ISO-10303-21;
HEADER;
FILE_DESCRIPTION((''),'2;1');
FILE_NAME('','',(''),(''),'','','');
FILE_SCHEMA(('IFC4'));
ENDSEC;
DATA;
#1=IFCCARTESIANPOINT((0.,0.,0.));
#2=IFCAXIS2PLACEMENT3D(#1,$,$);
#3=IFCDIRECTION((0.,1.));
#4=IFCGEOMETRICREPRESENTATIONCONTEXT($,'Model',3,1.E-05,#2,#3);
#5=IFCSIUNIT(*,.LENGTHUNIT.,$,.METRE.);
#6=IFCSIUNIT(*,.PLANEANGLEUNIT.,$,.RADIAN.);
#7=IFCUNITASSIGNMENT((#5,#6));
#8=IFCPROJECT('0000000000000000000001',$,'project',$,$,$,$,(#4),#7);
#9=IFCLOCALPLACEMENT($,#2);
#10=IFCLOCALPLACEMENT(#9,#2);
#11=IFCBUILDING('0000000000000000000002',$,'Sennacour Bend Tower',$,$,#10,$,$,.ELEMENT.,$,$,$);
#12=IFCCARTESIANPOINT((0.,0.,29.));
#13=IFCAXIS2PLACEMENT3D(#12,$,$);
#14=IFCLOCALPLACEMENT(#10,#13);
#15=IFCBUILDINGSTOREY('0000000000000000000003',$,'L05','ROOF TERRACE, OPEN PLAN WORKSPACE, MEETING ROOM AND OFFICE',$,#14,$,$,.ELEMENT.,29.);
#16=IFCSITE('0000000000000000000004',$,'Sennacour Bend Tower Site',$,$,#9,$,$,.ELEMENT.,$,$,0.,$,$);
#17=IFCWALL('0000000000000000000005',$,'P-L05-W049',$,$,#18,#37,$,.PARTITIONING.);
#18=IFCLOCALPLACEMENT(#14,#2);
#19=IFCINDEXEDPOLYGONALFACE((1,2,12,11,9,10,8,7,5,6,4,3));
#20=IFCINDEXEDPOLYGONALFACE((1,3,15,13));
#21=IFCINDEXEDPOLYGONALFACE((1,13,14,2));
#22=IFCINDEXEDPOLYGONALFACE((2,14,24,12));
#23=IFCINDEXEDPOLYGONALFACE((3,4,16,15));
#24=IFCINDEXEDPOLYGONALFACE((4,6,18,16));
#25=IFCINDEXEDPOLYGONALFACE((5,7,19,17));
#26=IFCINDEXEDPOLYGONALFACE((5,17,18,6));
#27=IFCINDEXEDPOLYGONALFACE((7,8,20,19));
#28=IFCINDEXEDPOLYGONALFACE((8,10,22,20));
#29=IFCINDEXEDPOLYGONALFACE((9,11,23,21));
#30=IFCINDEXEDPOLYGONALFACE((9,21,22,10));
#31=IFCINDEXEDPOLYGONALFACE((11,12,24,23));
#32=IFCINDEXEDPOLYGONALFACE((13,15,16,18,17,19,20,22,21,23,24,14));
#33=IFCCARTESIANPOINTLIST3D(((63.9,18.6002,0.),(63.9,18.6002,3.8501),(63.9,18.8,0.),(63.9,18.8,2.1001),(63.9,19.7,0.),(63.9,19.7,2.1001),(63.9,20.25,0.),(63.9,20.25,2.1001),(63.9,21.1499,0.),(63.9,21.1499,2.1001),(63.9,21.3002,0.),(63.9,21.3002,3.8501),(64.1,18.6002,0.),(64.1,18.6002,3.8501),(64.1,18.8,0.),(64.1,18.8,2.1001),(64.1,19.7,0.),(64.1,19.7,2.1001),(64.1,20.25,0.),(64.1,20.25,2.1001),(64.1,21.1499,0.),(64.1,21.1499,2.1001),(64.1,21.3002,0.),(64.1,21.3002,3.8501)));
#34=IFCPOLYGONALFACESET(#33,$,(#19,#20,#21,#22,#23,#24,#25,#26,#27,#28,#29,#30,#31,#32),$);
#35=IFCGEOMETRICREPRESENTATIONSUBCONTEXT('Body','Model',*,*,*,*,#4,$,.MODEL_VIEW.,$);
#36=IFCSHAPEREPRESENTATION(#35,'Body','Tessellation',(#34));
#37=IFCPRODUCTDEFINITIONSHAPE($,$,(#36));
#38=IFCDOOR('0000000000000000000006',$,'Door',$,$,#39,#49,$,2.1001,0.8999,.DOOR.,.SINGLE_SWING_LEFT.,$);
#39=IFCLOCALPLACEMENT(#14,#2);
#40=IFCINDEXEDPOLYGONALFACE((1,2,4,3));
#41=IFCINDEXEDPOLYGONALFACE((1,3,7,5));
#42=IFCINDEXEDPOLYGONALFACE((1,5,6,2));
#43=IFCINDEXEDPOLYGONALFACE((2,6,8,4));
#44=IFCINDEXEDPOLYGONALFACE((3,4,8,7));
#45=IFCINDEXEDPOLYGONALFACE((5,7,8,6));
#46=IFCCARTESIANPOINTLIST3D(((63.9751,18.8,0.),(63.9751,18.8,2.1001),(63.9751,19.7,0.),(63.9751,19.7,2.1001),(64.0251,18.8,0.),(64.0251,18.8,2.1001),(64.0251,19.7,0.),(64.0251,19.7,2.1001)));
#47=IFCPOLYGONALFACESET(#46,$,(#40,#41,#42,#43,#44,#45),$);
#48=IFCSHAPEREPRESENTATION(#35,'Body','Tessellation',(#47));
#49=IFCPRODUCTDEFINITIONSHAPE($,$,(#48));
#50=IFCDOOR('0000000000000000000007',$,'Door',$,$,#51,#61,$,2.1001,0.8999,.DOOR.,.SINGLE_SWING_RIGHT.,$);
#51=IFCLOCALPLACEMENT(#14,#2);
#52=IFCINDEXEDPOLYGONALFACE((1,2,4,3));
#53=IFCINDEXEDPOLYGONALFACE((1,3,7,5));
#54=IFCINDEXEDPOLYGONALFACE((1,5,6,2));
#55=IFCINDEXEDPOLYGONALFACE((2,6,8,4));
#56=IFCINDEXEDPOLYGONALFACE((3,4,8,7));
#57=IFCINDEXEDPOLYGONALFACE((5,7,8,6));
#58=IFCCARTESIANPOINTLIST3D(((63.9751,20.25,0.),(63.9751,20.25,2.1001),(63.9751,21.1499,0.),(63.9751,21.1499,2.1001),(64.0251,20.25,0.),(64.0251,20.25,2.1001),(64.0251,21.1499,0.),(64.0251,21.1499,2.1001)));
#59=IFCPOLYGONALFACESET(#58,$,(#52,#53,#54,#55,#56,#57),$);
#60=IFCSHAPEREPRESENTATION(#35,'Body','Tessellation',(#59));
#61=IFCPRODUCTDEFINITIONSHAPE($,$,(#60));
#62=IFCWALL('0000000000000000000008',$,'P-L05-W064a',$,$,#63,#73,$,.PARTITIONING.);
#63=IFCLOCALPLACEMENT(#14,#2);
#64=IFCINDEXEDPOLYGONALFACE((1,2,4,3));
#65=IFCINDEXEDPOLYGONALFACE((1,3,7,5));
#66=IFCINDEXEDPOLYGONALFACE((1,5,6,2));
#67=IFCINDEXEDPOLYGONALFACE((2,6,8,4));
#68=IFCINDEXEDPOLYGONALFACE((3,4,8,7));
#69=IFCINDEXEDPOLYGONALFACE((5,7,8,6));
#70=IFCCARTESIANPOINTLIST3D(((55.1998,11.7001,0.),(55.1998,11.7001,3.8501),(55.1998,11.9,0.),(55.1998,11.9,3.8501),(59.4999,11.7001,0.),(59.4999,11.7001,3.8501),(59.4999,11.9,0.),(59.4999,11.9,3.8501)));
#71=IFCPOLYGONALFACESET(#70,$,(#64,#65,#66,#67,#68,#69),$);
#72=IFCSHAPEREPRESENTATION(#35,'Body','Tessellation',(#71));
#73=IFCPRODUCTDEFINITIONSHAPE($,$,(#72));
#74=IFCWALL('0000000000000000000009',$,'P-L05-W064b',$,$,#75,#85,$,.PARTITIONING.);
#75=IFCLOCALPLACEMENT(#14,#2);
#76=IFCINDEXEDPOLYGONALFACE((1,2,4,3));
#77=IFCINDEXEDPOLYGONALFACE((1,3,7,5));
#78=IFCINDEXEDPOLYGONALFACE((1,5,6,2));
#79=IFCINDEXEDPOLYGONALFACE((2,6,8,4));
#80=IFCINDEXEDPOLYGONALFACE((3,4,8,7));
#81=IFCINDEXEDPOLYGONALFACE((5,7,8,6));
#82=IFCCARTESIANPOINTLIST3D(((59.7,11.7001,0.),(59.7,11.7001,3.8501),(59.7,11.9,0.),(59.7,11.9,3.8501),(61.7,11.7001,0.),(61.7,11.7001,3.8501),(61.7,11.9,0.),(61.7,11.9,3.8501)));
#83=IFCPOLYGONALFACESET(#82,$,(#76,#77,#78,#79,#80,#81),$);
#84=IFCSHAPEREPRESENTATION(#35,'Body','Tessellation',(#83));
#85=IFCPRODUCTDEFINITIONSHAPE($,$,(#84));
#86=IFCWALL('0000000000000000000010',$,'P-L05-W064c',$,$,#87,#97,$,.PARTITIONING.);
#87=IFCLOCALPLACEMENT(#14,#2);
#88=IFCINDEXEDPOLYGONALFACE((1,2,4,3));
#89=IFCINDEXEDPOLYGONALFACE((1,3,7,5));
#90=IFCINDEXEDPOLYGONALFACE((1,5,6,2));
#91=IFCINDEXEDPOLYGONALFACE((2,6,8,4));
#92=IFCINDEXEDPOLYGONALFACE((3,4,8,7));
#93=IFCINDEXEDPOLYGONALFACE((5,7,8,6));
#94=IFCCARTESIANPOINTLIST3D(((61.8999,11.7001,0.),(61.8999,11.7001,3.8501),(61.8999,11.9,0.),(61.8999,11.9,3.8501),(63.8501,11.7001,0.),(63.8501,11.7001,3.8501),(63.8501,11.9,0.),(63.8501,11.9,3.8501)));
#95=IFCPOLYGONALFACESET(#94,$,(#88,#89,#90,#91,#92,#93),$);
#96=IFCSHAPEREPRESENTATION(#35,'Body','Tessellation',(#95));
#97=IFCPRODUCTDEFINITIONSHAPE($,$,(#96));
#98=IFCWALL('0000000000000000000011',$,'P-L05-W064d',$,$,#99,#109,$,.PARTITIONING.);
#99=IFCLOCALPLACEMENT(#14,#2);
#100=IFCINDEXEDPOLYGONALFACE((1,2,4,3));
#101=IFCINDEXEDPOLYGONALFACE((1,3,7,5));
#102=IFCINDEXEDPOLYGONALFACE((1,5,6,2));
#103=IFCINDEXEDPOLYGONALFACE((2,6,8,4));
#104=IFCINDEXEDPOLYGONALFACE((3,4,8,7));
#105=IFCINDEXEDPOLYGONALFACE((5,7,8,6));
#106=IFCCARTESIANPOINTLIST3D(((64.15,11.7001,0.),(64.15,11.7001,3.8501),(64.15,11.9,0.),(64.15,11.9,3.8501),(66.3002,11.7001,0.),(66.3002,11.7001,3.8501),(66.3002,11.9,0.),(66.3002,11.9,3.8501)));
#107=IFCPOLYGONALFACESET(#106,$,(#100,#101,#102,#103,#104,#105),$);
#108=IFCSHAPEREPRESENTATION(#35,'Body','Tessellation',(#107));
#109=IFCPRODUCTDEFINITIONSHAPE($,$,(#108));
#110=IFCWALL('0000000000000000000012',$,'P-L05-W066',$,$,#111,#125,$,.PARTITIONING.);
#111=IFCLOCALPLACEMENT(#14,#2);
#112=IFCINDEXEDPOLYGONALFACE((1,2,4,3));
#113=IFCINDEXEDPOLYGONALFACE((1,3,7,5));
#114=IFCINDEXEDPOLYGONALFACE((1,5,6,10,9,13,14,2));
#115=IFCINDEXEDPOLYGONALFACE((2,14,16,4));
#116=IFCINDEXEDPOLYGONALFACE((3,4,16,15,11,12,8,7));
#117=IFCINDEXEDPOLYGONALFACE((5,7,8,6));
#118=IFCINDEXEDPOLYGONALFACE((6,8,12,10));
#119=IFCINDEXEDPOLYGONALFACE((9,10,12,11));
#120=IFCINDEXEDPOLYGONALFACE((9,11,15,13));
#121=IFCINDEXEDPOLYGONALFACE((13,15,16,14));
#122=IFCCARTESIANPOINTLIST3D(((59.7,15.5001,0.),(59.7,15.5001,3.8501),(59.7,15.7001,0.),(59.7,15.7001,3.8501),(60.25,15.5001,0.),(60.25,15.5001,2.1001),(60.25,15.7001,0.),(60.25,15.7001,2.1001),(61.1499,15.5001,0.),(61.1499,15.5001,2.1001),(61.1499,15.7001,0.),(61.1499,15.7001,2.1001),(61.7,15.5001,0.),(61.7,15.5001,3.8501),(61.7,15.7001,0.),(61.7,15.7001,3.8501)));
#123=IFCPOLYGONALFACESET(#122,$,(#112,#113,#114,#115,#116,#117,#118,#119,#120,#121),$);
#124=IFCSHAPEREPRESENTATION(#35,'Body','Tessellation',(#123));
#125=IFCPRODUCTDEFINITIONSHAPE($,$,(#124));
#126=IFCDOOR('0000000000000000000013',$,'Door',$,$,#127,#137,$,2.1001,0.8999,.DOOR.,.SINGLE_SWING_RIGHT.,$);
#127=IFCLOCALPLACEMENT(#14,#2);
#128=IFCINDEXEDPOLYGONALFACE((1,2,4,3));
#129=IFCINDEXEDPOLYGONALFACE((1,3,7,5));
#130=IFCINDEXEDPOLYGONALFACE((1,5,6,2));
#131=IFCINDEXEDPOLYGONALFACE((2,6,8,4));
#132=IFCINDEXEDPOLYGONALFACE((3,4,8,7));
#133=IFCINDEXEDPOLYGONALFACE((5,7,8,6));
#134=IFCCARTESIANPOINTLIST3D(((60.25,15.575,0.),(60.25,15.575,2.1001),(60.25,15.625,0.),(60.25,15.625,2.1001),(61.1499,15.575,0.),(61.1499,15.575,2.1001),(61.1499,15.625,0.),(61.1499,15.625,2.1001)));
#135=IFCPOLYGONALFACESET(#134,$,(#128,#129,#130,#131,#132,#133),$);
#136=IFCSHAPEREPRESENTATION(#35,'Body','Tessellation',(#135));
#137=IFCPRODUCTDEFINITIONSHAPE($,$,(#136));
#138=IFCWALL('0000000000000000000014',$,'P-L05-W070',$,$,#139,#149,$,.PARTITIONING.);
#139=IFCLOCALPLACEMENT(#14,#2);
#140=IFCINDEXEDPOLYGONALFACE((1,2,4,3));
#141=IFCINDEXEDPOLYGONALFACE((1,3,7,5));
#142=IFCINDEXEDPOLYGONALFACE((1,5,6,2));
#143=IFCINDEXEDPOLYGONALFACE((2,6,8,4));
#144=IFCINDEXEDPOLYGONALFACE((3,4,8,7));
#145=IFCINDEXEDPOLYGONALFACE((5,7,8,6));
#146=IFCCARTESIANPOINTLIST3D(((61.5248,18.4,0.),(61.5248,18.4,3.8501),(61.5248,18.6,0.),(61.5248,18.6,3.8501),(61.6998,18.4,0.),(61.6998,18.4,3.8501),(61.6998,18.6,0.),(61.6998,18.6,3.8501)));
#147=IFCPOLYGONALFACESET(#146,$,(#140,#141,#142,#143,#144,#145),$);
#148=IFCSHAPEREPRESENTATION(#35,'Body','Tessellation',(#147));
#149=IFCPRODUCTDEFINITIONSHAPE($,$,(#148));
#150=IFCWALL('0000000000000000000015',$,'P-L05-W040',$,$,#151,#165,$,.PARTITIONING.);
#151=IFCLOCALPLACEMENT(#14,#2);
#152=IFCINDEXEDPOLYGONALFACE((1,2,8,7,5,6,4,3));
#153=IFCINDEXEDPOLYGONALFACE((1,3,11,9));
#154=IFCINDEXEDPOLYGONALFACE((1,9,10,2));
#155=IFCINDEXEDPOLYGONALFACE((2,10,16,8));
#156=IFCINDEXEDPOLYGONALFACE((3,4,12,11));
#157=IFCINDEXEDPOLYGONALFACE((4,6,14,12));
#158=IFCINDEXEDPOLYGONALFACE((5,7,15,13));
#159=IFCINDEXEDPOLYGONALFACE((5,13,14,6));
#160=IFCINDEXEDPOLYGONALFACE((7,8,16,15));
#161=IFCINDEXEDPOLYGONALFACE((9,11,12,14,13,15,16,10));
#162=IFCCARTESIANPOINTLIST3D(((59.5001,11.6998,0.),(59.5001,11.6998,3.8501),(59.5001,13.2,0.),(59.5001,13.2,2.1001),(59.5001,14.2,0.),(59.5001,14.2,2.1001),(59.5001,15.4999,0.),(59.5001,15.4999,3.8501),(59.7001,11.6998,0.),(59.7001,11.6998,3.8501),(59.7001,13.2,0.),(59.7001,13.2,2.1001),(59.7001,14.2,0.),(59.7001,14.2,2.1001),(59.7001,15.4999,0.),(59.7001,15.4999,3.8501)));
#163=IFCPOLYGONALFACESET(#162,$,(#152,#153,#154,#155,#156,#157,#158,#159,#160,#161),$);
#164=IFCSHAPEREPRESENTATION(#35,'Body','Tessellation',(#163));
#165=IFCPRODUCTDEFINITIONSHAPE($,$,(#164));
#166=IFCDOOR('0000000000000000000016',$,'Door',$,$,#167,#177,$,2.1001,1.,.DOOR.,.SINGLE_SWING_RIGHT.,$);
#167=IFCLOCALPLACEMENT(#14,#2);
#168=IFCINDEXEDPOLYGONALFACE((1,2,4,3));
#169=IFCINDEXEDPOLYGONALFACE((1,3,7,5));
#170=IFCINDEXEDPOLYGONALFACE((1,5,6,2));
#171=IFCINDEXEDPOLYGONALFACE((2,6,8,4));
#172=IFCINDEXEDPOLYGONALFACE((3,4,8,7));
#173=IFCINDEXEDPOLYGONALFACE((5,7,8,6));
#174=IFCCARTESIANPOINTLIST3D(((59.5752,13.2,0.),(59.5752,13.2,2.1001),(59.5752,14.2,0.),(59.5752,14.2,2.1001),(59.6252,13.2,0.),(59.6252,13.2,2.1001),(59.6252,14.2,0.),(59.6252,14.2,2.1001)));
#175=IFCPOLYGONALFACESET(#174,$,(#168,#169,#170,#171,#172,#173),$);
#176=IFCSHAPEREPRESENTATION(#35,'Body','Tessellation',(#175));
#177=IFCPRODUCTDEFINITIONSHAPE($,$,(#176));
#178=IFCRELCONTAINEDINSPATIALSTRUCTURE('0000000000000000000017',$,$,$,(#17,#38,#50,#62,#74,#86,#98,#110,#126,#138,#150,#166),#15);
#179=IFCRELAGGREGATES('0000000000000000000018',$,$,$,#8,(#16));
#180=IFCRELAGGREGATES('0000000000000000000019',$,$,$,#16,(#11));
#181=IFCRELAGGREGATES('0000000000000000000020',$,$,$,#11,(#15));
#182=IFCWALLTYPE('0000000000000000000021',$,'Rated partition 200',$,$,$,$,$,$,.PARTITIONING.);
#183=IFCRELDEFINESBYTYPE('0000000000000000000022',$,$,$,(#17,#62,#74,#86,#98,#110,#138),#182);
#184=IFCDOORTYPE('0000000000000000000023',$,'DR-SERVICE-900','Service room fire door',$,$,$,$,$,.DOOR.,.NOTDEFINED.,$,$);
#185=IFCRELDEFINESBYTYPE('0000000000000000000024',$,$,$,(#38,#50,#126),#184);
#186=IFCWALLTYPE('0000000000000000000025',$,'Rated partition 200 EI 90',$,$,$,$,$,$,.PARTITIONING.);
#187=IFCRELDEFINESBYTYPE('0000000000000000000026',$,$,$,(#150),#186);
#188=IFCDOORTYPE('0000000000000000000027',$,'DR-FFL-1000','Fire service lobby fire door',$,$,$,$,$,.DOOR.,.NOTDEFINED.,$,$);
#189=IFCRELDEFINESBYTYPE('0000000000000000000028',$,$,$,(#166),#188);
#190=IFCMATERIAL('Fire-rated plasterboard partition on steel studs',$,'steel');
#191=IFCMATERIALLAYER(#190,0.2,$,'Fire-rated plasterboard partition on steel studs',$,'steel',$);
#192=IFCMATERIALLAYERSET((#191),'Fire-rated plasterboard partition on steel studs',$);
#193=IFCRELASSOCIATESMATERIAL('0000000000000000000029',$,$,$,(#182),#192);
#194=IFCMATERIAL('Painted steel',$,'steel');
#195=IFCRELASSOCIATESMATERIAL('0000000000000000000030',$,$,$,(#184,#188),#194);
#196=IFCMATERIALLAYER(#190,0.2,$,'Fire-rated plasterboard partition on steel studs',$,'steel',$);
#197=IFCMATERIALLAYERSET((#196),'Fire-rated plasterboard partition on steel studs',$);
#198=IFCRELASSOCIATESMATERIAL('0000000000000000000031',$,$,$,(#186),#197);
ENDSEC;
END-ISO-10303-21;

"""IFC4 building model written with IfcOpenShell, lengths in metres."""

from ifc_helpers import new_model, si_unit, direction, frame, frame_2d, origin, place, context, subcontext, project, spatial, rectangle, extrude, material, layer, layer_set, type_object, element, fill, save


model = new_model("IFC4")

# Units and contexts
model_context = context("Model", 3, precision=1e-05, world=origin(), true_north=direction((0.0, 1.0)))
body_context = subcontext(model_context, "Body", "Model", "MODEL_VIEW")
ifc_project = project(units=[si_unit("LENGTHUNIT", "METRE"), si_unit("PLANEANGLEUNIT", "RADIAN")], contexts=[model_context])

# Site, building, storey
site_placement = place(None, origin())
site = spatial("IfcSite", under=ifc_project, at=site_placement, Name="Sennacour Bend Tower Site", CompositionType="ELEMENT", RefElevation=0.0)
building_placement = place(site_placement, origin())
building = spatial("IfcBuilding", under=site, at=building_placement, Name="Sennacour Bend Tower", CompositionType="ELEMENT")
storey_placement = place(building_placement, frame((0.0, 0.0, 29.0)))
storey = spatial("IfcBuildingStorey", under=building, at=storey_placement, Name="L05", Description="ROOF TERRACE, OPEN PLAN WORKSPACE, MEETING ROOM AND OFFICE", CompositionType="ELEMENT", Elevation=29.0)

# Wall, openings, doors
ifc_material_1 = material(Name="Fire-rated plasterboard partition on steel studs", Category="steel")
ifc_layer_1 = layer(ifc_material_1, 0.2, Name="Fire-rated plasterboard partition on steel studs", Category="steel")
ifc_layer_set_1 = layer_set([ifc_layer_1], Name="Fire-rated plasterboard partition on steel studs")
wall_type_1 = type_object("IfcWallType", Name="Rated partition 200", PredefinedType="PARTITIONING", material=ifc_layer_set_1)
wall_1_placement = place(storey_placement, frame((64.0, 18.6001, 0.0), z_axis=(0.0, 0.0, 1.0), x_axis=(0.0, 1.0, 0.0)))
wall_1 = element("IfcWall", 1, at=wall_1_placement, inside=storey, type_object=wall_type_1, Name="P-L05-W049", PredefinedType="PARTITIONING", context=body_context, shape_type="SweptSolid", body=[
    extrude(rectangle(XDim=2.7, YDim=0.2, at=frame_2d((1.3501, 0.0))), origin(), (0.0, 0.0, 1.0), 3.8501),
])
opening_1_placement = place(wall_1_placement, frame((0.2, 0.0, 0.0)))
opening_1 = element("IfcOpeningElement", 2, at=opening_1_placement, cuts=wall_1, PredefinedType="OPENING", context=body_context, shape_type="SweptSolid", body=[
    extrude(rectangle(XDim=0.8999, YDim=2.1001, at=frame_2d((0.45, 1.05))), frame((0.0, 0.1099, 0.0), z_axis=(0.0, -1.0, 0.0), x_axis=(1.0, 0.0, 0.0)), (0.0, 0.0, 1.0), 0.22),
])
opening_2_placement = place(wall_1_placement, frame((1.6499, 0.0, 0.0)))
opening_2 = element("IfcOpeningElement", 3, at=opening_2_placement, cuts=wall_1, PredefinedType="OPENING", context=body_context, shape_type="SweptSolid", body=[
    extrude(rectangle(XDim=0.8999, YDim=2.1001, at=frame_2d((0.45, 1.05))), frame((0.0, 0.1099, 0.0), z_axis=(0.0, -1.0, 0.0), x_axis=(1.0, 0.0, 0.0)), (0.0, 0.0, 1.0), 0.22),
])
ifc_material_2 = material(Name="Painted steel", Category="steel")
door_type_1 = type_object("IfcDoorType", Name="DR-SERVICE-900", Description="Service room fire door", OperationType="NOTDEFINED", PredefinedType="DOOR", material=ifc_material_2)
door_1_placement = place(opening_1_placement, origin())
door_1 = element("IfcDoor", 4, at=door_1_placement, inside=storey, type_object=door_type_1, Name="Door", OperationType="SINGLE_SWING_LEFT", OverallHeight=2.1001, OverallWidth=0.8999, PredefinedType="DOOR", context=body_context, shape_type="SweptSolid", body=[
    extrude(rectangle(XDim=0.8999, YDim=2.1001, at=frame_2d((0.45, 1.05))), frame((0.0, 0.0249, 0.0), z_axis=(0.0, -1.0, 0.0), x_axis=(1.0, 0.0, 0.0)), (0.0, 0.0, 1.0), 0.05),
])
fill(opening_1, door_1)
door_2_placement = place(opening_2_placement, origin())
door_2 = element("IfcDoor", 5, at=door_2_placement, inside=storey, type_object=door_type_1, Name="Door", OperationType="SINGLE_SWING_RIGHT", OverallHeight=2.1001, OverallWidth=0.8999, PredefinedType="DOOR", context=body_context, shape_type="SweptSolid", body=[
    extrude(rectangle(XDim=0.8999, YDim=2.1001, at=frame_2d((0.45, 1.05))), frame((0.0, 0.0249, 0.0), z_axis=(0.0, -1.0, 0.0), x_axis=(1.0, 0.0, 0.0)), (0.0, 0.0, 1.0), 0.05),
])
fill(opening_2, door_2)

# Walls
wall_2_placement = place(storey_placement, frame((55.2, 11.8, 0.0), z_axis=(0.0, 0.0, 1.0), x_axis=(1.0, 0.0, 0.0)))
element("IfcWall", 6, at=wall_2_placement, inside=storey, type_object=wall_type_1, Name="P-L05-W064a", PredefinedType="PARTITIONING", context=body_context, shape_type="SweptSolid", body=[
    extrude(rectangle(XDim=4.3, YDim=0.2, at=frame_2d((2.1499, 0.0))), origin(), (0.0, 0.0, 1.0), 3.8501),
])
wall_3_placement = place(storey_placement, frame((59.7, 11.8, 0.0), z_axis=(0.0, 0.0, 1.0), x_axis=(1.0, 0.0, 0.0)))
element("IfcWall", 7, at=wall_3_placement, inside=storey, type_object=wall_type_1, Name="P-L05-W064b", PredefinedType="PARTITIONING", context=body_context, shape_type="SweptSolid", body=[
    extrude(rectangle(XDim=2.0, YDim=0.2, at=frame_2d((1.0, 0.0))), origin(), (0.0, 0.0, 1.0), 3.8501),
])
wall_4_placement = place(storey_placement, frame((61.8999, 11.8, 0.0), z_axis=(0.0, 0.0, 1.0), x_axis=(1.0, 0.0, 0.0)))
element("IfcWall", 8, at=wall_4_placement, inside=storey, type_object=wall_type_1, Name="P-L05-W064c", PredefinedType="PARTITIONING", context=body_context, shape_type="SweptSolid", body=[
    extrude(rectangle(XDim=1.9502, YDim=0.2, at=frame_2d((0.9751, 0.0))), origin(), (0.0, 0.0, 1.0), 3.8501),
])
wall_5_placement = place(storey_placement, frame((64.1499, 11.8, 0.0), z_axis=(0.0, 0.0, 1.0), x_axis=(1.0, 0.0, 0.0)))
element("IfcWall", 9, at=wall_5_placement, inside=storey, type_object=wall_type_1, Name="P-L05-W064d", PredefinedType="PARTITIONING", context=body_context, shape_type="SweptSolid", body=[
    extrude(rectangle(XDim=2.1501, YDim=0.2, at=frame_2d((1.0752, 0.0))), origin(), (0.0, 0.0, 1.0), 3.8501),
])

# Wall, opening, door
wall_6_placement = place(storey_placement, frame((59.7, 15.6001, 0.0), z_axis=(0.0, 0.0, 1.0), x_axis=(1.0, 0.0, 0.0)))
wall_6 = element("IfcWall", 10, at=wall_6_placement, inside=storey, type_object=wall_type_1, Name="P-L05-W066", PredefinedType="PARTITIONING", context=body_context, shape_type="SweptSolid", body=[
    extrude(rectangle(XDim=2.0, YDim=0.2, at=frame_2d((1.0, 0.0))), origin(), (0.0, 0.0, 1.0), 3.8501),
])
opening_3_placement = place(wall_6_placement, frame((0.55, 0.0, 0.0)))
opening_3 = element("IfcOpeningElement", 11, at=opening_3_placement, cuts=wall_6, PredefinedType="OPENING", context=body_context, shape_type="SweptSolid", body=[
    extrude(rectangle(XDim=0.8999, YDim=2.1001, at=frame_2d((0.45, 1.05))), frame((0.0, 0.1099, 0.0), z_axis=(0.0, -1.0, 0.0), x_axis=(1.0, 0.0, 0.0)), (0.0, 0.0, 1.0), 0.22),
])
door_3_placement = place(opening_3_placement, origin())
door_3 = element("IfcDoor", 12, at=door_3_placement, inside=storey, type_object=door_type_1, Name="Door", OperationType="SINGLE_SWING_RIGHT", OverallHeight=2.1001, OverallWidth=0.8999, PredefinedType="DOOR", context=body_context, shape_type="SweptSolid", body=[
    extrude(rectangle(XDim=0.8999, YDim=2.1001, at=frame_2d((0.45, 1.05))), frame((0.0, 0.0249, 0.0), z_axis=(0.0, -1.0, 0.0), x_axis=(1.0, 0.0, 0.0)), (0.0, 0.0, 1.0), 0.05),
])
fill(opening_3, door_3)

# Wall
wall_7_placement = place(storey_placement, frame((61.5249, 18.5, 0.0), z_axis=(0.0, 0.0, 1.0), x_axis=(1.0, 0.0, 0.0)))
element("IfcWall", 13, at=wall_7_placement, inside=storey, type_object=wall_type_1, Name="P-L05-W070", PredefinedType="PARTITIONING", context=body_context, shape_type="SweptSolid", body=[
    extrude(rectangle(XDim=0.175, YDim=0.2, at=frame_2d((0.0874, 0.0))), origin(), (0.0, 0.0, 1.0), 3.8501),
])

# Wall, opening, door
ifc_layer_2 = layer(ifc_material_1, 0.2, Name="Fire-rated plasterboard partition on steel studs", Category="steel")
ifc_layer_set_2 = layer_set([ifc_layer_2], Name="Fire-rated plasterboard partition on steel studs")
wall_type_2 = type_object("IfcWallType", Name="Rated partition 200 EI 90", PredefinedType="PARTITIONING", material=ifc_layer_set_2)
wall_8_placement = place(storey_placement, frame((59.6001, 11.7, 0.0), z_axis=(0.0, 0.0, 1.0), x_axis=(0.0, 1.0, 0.0)))
wall_8 = element("IfcWall", 14, at=wall_8_placement, inside=storey, type_object=wall_type_2, Name="P-L05-W040", PredefinedType="PARTITIONING", context=body_context, shape_type="SweptSolid", body=[
    extrude(rectangle(XDim=3.8, YDim=0.2, at=frame_2d((1.8999, 0.0))), origin(), (0.0, 0.0, 1.0), 3.8501),
])
opening_4_placement = place(wall_8_placement, frame((1.5, 0.0, 0.0)))
opening_4 = element("IfcOpeningElement", 15, at=opening_4_placement, cuts=wall_8, PredefinedType="OPENING", context=body_context, shape_type="SweptSolid", body=[
    extrude(rectangle(XDim=1.0, YDim=2.1001, at=frame_2d((0.5, 1.05))), frame((0.0, 0.1099, 0.0), z_axis=(0.0, -1.0, 0.0), x_axis=(1.0, 0.0, 0.0)), (0.0, 0.0, 1.0), 0.22),
])
door_type_2 = type_object("IfcDoorType", Name="DR-FFL-1000", Description="Fire service lobby fire door", OperationType="NOTDEFINED", PredefinedType="DOOR", material=ifc_material_2)
door_4_placement = place(opening_4_placement, origin())
door_4 = element("IfcDoor", 16, at=door_4_placement, inside=storey, type_object=door_type_2, Name="Door", OperationType="SINGLE_SWING_RIGHT", OverallHeight=2.1001, OverallWidth=1.0, PredefinedType="DOOR", context=body_context, shape_type="SweptSolid", body=[
    extrude(rectangle(XDim=1.0, YDim=2.1001, at=frame_2d((0.5, 1.05))), frame((0.0, 0.0249, 0.0), z_axis=(0.0, -1.0, 0.0), x_axis=(1.0, 0.0, 0.0)), (0.0, 0.0, 1.0), 0.05),
])
fill(opening_4, door_4)

save(model, "model.ifc")
